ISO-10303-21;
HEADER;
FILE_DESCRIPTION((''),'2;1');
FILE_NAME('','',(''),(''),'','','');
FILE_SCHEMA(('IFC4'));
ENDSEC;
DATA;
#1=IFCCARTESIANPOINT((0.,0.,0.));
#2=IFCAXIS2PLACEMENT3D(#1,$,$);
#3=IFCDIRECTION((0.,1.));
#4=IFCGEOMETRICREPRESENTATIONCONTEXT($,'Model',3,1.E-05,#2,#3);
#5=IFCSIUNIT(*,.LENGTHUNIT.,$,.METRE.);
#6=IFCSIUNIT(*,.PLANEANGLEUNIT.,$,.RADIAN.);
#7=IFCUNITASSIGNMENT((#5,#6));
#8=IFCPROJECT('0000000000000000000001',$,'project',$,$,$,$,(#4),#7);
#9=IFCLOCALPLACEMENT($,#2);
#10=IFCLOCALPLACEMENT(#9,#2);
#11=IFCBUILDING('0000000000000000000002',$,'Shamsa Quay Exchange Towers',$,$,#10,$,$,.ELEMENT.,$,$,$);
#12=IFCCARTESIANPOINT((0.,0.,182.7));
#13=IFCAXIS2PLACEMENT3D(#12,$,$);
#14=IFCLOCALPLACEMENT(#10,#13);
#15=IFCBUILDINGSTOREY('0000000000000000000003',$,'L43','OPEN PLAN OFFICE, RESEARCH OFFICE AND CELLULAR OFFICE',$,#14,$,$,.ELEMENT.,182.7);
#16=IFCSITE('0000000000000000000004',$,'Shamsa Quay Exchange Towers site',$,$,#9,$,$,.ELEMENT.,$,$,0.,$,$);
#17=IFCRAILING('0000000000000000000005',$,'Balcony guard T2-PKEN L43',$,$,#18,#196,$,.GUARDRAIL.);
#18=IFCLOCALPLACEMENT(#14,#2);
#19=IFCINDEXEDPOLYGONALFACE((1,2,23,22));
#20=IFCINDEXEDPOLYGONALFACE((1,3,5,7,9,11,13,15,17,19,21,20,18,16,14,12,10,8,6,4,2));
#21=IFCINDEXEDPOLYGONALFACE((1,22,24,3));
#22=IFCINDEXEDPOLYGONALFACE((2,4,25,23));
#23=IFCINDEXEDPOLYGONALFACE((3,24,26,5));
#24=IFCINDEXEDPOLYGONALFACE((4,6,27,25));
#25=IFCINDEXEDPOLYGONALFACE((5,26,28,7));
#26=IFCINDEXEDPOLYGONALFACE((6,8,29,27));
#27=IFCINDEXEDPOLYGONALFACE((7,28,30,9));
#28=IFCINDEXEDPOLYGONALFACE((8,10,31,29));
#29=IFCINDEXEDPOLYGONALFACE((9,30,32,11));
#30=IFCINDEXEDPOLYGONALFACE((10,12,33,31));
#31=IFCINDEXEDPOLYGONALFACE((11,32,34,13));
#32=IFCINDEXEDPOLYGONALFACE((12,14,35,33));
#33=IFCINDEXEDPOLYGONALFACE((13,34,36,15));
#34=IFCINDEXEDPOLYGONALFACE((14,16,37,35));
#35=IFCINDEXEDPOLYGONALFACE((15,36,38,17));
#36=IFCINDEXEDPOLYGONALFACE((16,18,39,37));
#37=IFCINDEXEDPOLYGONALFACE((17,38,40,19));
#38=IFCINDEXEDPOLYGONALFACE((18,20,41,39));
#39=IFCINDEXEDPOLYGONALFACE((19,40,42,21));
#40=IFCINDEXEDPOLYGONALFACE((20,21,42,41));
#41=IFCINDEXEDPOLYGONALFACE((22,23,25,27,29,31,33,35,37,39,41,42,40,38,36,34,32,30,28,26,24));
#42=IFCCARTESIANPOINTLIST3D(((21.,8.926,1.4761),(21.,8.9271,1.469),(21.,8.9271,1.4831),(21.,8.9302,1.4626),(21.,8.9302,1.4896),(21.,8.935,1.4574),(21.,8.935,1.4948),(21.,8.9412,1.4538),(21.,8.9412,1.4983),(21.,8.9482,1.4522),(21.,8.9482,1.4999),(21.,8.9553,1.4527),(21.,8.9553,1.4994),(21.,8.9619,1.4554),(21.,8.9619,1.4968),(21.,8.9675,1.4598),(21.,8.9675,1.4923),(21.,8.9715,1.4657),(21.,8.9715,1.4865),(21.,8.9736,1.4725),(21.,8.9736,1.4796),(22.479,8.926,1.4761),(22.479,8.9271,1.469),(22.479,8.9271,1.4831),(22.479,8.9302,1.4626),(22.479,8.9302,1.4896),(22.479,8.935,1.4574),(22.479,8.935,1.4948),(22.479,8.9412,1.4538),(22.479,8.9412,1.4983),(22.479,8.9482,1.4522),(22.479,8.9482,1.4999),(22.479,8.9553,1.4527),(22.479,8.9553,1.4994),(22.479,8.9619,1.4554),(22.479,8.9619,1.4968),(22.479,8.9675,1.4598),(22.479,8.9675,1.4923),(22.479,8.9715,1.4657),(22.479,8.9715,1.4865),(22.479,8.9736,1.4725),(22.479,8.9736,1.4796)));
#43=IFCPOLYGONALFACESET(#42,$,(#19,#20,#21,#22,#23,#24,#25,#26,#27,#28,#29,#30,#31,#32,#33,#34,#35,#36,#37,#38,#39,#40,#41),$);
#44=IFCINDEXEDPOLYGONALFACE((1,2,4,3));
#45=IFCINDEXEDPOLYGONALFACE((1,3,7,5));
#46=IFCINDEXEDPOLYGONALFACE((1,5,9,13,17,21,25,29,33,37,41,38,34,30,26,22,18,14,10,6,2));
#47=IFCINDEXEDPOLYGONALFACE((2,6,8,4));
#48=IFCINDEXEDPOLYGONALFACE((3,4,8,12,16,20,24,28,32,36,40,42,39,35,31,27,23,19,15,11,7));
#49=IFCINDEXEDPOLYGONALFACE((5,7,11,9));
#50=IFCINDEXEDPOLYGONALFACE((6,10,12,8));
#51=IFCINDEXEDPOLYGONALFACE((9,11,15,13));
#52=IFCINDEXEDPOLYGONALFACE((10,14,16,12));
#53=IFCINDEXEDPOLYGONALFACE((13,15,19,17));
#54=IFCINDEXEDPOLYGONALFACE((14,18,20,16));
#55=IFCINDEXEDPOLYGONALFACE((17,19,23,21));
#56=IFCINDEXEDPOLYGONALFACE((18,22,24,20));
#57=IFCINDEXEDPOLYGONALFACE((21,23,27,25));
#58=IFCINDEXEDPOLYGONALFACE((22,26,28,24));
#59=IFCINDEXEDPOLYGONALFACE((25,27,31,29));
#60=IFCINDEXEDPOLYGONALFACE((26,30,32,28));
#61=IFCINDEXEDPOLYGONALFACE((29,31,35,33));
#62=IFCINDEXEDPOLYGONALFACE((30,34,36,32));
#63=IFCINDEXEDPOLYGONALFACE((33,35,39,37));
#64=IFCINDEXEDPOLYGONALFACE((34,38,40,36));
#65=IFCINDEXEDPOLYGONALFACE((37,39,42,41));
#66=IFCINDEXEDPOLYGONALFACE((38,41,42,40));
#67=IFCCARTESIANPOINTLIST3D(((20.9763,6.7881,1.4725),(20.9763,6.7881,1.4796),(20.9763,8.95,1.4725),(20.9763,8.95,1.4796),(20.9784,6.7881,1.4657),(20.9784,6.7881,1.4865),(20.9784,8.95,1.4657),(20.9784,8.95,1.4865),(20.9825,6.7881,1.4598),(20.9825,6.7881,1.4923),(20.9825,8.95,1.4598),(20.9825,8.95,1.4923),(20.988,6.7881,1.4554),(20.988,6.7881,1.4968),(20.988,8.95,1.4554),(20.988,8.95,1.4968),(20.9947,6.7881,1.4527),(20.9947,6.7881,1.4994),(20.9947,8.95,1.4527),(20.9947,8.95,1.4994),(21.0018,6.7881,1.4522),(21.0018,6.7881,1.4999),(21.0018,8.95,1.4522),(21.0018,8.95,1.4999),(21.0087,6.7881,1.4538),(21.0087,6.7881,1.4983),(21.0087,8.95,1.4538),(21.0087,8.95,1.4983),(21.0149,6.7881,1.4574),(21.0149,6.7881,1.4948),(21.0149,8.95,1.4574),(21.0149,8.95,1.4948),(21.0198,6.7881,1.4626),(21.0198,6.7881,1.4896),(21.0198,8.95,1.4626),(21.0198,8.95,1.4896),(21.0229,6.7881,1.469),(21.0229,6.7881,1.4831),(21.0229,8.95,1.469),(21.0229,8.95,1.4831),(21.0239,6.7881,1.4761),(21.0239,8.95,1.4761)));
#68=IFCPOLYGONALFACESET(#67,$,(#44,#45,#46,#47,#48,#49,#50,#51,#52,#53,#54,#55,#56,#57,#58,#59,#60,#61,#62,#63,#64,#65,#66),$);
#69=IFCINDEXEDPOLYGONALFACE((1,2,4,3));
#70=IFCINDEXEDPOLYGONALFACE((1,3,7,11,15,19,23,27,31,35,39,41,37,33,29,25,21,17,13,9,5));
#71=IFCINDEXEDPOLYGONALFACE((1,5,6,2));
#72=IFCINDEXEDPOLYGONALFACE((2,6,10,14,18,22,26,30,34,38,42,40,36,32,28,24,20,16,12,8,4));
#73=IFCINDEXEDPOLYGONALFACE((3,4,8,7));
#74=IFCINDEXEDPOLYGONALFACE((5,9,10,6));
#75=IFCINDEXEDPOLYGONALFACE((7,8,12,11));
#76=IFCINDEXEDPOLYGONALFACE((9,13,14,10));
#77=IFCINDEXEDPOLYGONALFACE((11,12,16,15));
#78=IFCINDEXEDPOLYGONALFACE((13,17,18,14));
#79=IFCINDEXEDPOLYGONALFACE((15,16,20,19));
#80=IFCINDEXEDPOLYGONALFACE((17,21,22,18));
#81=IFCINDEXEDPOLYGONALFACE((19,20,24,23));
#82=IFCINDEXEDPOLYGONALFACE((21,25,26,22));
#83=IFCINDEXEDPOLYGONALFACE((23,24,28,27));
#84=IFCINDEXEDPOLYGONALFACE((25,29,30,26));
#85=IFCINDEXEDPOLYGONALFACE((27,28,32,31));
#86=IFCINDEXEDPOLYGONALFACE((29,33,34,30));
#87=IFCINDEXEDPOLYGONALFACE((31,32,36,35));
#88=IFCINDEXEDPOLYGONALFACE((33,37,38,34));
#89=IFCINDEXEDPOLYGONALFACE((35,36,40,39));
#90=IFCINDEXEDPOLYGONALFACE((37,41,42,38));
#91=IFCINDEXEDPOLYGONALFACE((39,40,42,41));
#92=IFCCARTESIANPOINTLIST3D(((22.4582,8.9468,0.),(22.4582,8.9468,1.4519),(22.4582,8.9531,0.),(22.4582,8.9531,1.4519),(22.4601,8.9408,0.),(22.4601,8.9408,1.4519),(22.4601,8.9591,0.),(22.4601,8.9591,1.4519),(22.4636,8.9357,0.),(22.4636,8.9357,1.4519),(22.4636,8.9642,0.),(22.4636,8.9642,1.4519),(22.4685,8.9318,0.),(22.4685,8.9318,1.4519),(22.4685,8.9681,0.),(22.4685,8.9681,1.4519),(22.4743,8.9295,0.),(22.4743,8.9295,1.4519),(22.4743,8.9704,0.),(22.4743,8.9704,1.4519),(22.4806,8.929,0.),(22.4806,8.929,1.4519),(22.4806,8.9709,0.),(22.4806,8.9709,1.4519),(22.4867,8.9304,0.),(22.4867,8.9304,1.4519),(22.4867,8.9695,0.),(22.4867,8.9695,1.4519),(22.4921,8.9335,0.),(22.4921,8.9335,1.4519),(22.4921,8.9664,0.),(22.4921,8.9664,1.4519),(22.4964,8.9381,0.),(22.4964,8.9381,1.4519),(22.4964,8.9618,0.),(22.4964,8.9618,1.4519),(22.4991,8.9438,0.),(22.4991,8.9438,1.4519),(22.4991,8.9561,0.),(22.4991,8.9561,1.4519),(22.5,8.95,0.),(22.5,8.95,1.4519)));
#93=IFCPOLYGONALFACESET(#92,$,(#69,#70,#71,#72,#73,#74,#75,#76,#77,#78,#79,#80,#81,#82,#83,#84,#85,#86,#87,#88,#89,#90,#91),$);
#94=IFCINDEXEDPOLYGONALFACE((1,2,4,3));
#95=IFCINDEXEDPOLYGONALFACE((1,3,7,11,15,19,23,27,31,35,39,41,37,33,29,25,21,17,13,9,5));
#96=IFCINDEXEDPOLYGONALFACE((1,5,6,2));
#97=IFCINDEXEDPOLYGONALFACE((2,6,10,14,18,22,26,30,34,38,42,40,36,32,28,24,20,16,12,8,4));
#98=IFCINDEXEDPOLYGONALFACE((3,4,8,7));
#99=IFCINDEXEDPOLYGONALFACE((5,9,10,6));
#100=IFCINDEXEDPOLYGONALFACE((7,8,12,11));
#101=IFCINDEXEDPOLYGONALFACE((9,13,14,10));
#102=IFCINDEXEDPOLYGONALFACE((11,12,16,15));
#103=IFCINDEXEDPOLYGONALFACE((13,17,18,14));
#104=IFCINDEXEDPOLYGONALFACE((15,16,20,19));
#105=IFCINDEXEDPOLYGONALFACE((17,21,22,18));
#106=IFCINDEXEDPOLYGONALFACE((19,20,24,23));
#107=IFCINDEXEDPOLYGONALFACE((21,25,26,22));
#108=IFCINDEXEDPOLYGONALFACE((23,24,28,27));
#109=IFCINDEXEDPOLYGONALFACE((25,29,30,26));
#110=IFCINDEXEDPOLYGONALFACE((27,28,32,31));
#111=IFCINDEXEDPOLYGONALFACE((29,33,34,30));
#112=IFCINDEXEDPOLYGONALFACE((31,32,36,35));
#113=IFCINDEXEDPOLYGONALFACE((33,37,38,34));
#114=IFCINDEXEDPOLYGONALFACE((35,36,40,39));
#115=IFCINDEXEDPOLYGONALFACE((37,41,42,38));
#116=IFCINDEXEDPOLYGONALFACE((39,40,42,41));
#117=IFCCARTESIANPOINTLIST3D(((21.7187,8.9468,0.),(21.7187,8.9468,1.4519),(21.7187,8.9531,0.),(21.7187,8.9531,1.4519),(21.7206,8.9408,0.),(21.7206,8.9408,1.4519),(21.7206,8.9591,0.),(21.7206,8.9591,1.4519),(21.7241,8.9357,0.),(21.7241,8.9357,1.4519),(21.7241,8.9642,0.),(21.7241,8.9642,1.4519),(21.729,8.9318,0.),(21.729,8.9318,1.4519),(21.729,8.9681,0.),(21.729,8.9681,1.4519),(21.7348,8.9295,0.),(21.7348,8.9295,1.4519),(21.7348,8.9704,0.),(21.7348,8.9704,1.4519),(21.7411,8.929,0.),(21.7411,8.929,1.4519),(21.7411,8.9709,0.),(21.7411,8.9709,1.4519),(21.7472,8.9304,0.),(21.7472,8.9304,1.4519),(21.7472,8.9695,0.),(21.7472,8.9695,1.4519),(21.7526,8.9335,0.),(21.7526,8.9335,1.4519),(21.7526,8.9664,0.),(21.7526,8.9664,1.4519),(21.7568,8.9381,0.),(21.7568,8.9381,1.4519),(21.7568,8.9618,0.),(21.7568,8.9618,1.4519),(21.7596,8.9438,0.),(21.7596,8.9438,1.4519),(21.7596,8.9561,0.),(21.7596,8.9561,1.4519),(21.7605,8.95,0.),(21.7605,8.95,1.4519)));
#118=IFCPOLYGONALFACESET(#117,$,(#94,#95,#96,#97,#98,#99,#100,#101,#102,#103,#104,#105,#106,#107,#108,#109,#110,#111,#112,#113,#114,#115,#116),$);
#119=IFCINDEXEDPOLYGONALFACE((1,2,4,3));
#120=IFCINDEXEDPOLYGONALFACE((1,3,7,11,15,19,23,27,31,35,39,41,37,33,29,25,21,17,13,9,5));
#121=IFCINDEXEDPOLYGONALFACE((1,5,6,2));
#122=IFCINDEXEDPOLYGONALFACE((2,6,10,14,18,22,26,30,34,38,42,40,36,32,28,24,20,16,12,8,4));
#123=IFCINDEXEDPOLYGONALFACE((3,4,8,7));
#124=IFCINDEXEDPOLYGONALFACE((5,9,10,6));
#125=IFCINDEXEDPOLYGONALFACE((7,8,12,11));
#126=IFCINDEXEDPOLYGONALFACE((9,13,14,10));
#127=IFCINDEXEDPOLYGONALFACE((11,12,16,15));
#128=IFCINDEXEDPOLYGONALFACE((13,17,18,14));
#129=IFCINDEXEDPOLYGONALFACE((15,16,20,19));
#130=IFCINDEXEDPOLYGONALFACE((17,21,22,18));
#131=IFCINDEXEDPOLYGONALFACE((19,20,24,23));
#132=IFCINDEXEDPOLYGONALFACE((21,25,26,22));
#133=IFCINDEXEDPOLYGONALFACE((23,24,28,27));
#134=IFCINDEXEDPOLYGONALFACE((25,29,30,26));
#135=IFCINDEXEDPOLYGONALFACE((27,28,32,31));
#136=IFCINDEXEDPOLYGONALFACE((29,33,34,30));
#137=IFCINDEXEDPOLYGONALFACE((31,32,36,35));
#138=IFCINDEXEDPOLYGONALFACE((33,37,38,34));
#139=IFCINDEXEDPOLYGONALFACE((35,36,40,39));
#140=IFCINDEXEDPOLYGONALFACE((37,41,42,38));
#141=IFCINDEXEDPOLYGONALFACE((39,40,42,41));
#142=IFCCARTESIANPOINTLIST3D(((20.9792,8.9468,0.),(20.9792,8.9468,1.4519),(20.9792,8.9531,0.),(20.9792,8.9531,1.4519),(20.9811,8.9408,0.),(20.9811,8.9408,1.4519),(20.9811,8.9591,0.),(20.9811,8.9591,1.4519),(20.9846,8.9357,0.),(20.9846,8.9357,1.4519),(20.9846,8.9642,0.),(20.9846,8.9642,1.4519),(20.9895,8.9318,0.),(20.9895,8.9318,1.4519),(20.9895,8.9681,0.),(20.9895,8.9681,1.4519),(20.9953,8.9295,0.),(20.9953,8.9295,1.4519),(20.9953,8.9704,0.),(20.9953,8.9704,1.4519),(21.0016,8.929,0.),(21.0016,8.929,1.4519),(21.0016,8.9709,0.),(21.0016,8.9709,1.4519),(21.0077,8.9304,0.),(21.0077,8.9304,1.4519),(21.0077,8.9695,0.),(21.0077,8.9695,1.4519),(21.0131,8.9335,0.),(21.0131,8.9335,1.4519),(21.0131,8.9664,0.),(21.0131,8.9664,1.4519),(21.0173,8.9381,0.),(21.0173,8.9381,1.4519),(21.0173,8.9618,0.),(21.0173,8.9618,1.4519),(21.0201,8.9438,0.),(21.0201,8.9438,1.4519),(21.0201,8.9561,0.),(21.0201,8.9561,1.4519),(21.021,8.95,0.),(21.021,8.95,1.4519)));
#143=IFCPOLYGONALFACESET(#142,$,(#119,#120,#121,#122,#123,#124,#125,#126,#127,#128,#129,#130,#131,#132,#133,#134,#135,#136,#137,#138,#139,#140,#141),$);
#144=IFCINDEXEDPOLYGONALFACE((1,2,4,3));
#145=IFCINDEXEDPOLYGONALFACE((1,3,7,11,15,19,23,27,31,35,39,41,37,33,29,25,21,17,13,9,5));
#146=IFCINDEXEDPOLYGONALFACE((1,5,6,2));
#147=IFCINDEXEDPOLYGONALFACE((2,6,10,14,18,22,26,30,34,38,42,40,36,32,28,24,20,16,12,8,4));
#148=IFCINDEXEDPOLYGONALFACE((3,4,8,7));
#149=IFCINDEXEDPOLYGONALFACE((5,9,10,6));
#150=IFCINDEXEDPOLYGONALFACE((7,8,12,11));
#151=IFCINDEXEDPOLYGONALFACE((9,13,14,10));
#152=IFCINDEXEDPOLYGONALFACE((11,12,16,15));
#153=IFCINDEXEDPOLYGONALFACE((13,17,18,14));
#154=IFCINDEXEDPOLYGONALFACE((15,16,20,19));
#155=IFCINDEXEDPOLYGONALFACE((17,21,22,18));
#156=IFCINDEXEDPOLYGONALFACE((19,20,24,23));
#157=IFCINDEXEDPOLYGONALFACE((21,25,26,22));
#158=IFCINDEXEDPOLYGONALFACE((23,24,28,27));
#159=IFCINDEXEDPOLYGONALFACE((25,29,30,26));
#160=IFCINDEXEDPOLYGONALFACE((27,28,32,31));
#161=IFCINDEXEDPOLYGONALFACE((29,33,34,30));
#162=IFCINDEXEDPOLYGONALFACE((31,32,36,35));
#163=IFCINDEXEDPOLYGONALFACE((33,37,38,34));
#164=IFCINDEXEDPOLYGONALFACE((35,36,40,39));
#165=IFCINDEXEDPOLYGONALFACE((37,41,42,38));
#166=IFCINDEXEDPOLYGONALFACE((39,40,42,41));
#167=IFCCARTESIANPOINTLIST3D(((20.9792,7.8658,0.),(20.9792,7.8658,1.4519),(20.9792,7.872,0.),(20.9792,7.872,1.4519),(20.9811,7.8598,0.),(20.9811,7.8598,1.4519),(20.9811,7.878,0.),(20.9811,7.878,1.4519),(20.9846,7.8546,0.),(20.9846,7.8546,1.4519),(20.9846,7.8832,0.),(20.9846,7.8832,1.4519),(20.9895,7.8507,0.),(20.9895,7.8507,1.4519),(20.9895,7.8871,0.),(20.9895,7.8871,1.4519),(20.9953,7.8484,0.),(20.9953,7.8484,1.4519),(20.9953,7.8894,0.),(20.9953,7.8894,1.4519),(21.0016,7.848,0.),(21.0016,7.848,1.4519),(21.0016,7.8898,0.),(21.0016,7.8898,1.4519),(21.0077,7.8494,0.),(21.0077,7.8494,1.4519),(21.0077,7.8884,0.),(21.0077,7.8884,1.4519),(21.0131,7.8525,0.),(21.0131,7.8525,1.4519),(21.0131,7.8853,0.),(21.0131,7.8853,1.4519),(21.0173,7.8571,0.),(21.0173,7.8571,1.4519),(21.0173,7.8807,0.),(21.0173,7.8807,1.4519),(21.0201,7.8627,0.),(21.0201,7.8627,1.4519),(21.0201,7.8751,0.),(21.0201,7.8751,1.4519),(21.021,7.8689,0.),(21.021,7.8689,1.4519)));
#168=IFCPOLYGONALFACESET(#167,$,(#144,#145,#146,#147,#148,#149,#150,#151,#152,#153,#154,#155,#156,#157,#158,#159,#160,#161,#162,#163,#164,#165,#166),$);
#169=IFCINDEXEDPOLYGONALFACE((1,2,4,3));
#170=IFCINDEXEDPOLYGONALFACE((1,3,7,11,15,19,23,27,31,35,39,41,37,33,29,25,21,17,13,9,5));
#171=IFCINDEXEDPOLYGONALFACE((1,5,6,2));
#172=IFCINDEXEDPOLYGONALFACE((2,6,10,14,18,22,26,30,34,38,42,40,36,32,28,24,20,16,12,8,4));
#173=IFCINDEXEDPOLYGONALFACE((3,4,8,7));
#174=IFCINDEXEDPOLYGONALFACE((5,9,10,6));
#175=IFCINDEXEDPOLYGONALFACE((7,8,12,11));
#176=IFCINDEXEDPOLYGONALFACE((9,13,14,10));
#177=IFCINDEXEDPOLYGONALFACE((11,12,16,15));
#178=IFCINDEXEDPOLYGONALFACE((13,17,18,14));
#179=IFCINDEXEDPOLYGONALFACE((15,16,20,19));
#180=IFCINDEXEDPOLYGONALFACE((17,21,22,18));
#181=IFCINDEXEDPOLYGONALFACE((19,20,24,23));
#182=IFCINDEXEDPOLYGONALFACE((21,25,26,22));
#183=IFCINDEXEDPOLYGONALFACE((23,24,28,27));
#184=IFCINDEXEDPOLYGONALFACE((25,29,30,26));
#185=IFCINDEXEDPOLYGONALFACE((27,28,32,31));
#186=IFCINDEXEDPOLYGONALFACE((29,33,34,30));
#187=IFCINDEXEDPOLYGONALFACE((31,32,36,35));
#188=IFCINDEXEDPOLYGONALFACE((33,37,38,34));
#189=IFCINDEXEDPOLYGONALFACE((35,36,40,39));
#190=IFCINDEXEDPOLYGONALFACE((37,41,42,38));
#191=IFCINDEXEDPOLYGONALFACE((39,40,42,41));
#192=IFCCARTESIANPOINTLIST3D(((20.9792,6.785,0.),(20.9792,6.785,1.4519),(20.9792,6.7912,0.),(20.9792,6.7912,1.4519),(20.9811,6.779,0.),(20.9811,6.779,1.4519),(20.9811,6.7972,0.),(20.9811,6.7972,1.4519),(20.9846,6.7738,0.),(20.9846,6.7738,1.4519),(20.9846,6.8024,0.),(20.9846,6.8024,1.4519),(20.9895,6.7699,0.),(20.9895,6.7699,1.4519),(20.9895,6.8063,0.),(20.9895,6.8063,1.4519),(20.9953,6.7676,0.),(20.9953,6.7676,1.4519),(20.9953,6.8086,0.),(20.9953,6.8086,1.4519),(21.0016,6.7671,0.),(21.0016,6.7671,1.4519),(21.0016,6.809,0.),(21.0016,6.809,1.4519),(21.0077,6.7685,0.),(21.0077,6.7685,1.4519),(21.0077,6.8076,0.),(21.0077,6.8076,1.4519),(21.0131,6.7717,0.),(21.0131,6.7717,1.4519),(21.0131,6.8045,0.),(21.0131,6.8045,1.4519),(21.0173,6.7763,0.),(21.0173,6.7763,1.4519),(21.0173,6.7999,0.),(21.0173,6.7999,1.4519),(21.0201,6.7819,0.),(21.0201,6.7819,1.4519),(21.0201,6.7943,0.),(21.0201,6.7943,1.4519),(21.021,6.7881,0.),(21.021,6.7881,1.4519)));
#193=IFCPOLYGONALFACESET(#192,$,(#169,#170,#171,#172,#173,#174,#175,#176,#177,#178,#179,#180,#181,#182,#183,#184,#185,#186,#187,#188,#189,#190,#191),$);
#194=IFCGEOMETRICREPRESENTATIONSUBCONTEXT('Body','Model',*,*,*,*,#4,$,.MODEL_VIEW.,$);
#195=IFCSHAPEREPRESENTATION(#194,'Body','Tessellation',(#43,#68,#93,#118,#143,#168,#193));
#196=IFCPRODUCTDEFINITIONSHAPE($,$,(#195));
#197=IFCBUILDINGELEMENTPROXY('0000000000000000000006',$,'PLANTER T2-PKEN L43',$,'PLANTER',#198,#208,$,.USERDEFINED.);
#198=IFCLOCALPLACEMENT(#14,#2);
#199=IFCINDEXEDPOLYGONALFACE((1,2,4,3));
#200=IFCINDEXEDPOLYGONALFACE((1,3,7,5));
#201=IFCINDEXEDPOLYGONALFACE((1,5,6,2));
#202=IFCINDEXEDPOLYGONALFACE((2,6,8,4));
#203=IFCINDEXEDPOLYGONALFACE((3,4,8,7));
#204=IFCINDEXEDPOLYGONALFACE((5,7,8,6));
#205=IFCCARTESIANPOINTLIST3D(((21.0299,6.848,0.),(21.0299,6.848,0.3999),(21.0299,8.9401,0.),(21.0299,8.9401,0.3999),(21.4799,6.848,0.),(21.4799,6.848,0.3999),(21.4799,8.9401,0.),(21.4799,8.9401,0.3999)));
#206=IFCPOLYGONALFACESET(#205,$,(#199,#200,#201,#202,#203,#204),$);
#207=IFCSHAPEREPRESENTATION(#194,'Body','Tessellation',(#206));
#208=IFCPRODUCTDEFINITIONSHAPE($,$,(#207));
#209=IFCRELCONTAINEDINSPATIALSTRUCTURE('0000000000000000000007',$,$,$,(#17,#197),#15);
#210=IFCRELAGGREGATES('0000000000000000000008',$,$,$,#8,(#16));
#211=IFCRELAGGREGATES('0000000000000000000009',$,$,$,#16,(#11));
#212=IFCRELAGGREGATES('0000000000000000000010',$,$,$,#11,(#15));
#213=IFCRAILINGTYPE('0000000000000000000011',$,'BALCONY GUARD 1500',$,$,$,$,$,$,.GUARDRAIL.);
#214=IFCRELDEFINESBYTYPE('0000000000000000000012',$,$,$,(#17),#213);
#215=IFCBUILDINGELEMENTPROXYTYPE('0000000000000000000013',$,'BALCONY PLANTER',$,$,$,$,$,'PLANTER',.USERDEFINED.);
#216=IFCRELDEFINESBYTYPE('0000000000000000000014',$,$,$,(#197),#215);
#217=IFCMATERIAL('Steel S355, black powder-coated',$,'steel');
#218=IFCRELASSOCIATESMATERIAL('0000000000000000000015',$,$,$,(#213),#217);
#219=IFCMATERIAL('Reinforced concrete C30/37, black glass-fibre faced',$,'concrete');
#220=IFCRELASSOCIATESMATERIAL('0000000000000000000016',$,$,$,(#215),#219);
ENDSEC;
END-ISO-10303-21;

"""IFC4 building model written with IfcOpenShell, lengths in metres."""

from ifc_helpers import new_model, si_unit, direction, frame, origin, origin_2d, place, context, subcontext, project, spatial, rectangle, circle, extrude, material, type_object, element, save


model = new_model("IFC4")

# Units and contexts
model_context = context("Model", 3, precision=1e-05, world=origin(), true_north=direction((0.0, 1.0)))
body_context = subcontext(model_context, "Body", "Model", "MODEL_VIEW")
ifc_project = project(units=[si_unit("LENGTHUNIT", "METRE"), si_unit("PLANEANGLEUNIT", "RADIAN")], contexts=[model_context])

# Site, building, storey
site_placement = place(None, origin())
site = spatial("IfcSite", under=ifc_project, at=site_placement, Name="Shamsa Quay Exchange Towers site", CompositionType="ELEMENT", RefElevation=0.0)
building_placement = place(site_placement, origin())
building = spatial("IfcBuilding", under=site, at=building_placement, Name="Shamsa Quay Exchange Towers", CompositionType="ELEMENT")
storey_placement = place(building_placement, frame((0.0, 0.0, 182.7)))
storey = spatial("IfcBuildingStorey", under=building, at=storey_placement, Name="L43", Description="OPEN PLAN OFFICE, RESEARCH OFFICE AND CELLULAR OFFICE", CompositionType="ELEMENT", Elevation=182.7)

# Railing
ifc_material_1 = material(Name="Steel S355, black powder-coated", Category="steel")
railing_type = type_object("IfcRailingType", Name="BALCONY GUARD 1500", PredefinedType="GUARDRAIL", material=ifc_material_1)
railing_placement = place(storey_placement, frame((22.479, 8.95, 0.0)))
element("IfcRailing", 1, at=railing_placement, inside=storey, type_object=railing_type, Name="Balcony guard T2-PKEN L43", PredefinedType="GUARDRAIL", context=body_context, shape_type="SweptSolid", body=[
    extrude(circle(Radius=0.0239, at=origin_2d()), frame((0.0, 0.0, 1.4761), z_axis=(-1.0, 0.0, 0.0), x_axis=(0.0, -1.0, 0.0)), (0.0, 0.0, 1.0), 1.479),
    extrude(circle(Radius=0.0239, at=origin_2d()), frame((-1.479, 0.0, 1.4761), z_axis=(0.0, -1.0, 0.0), x_axis=(1.0, 0.0, 0.0)), (0.0, 0.0, 1.0), 2.1619),
    extrude(circle(Radius=0.021, at=origin_2d()), origin(), (0.0, 0.0, 1.0), 1.4519),
    extrude(circle(Radius=0.021, at=origin_2d()), frame((-0.7395, 0.0, 0.0)), (0.0, 0.0, 1.0), 1.4519),
    extrude(circle(Radius=0.021, at=origin_2d()), frame((-1.479, 0.0, 0.0)), (0.0, 0.0, 1.0), 1.4519),
    extrude(circle(Radius=0.021, at=origin_2d()), frame((-1.479, -1.0811, 0.0)), (0.0, 0.0, 1.0), 1.4519),
    extrude(circle(Radius=0.021, at=origin_2d()), frame((-1.479, -2.1619, 0.0)), (0.0, 0.0, 1.0), 1.4519),
])

# Building element proxy
ifc_material_2 = material(Name="Reinforced concrete C30/37, black glass-fibre faced", Category="concrete")
building_element_proxy_type = type_object("IfcBuildingElementProxyType", Name="BALCONY PLANTER", ElementType="PLANTER", PredefinedType="USERDEFINED", material=ifc_material_2)
proxy_placement = place(storey_placement, frame((21.2549, 7.894, 0.0), z_axis=(0.0, 0.0, 1.0), x_axis=(0.0, -1.0, 0.0)))
element("IfcBuildingElementProxy", 2, at=proxy_placement, inside=storey, type_object=building_element_proxy_type, Name="PLANTER T2-PKEN L43", ObjectType="PLANTER", PredefinedType="USERDEFINED", context=body_context, shape_type="SweptSolid", body=[
    extrude(rectangle(XDim=2.092, YDim=0.45, at=origin_2d()), origin(), (0.0, 0.0, 1.0), 0.3999),
])

save(model, "model.ifc")
